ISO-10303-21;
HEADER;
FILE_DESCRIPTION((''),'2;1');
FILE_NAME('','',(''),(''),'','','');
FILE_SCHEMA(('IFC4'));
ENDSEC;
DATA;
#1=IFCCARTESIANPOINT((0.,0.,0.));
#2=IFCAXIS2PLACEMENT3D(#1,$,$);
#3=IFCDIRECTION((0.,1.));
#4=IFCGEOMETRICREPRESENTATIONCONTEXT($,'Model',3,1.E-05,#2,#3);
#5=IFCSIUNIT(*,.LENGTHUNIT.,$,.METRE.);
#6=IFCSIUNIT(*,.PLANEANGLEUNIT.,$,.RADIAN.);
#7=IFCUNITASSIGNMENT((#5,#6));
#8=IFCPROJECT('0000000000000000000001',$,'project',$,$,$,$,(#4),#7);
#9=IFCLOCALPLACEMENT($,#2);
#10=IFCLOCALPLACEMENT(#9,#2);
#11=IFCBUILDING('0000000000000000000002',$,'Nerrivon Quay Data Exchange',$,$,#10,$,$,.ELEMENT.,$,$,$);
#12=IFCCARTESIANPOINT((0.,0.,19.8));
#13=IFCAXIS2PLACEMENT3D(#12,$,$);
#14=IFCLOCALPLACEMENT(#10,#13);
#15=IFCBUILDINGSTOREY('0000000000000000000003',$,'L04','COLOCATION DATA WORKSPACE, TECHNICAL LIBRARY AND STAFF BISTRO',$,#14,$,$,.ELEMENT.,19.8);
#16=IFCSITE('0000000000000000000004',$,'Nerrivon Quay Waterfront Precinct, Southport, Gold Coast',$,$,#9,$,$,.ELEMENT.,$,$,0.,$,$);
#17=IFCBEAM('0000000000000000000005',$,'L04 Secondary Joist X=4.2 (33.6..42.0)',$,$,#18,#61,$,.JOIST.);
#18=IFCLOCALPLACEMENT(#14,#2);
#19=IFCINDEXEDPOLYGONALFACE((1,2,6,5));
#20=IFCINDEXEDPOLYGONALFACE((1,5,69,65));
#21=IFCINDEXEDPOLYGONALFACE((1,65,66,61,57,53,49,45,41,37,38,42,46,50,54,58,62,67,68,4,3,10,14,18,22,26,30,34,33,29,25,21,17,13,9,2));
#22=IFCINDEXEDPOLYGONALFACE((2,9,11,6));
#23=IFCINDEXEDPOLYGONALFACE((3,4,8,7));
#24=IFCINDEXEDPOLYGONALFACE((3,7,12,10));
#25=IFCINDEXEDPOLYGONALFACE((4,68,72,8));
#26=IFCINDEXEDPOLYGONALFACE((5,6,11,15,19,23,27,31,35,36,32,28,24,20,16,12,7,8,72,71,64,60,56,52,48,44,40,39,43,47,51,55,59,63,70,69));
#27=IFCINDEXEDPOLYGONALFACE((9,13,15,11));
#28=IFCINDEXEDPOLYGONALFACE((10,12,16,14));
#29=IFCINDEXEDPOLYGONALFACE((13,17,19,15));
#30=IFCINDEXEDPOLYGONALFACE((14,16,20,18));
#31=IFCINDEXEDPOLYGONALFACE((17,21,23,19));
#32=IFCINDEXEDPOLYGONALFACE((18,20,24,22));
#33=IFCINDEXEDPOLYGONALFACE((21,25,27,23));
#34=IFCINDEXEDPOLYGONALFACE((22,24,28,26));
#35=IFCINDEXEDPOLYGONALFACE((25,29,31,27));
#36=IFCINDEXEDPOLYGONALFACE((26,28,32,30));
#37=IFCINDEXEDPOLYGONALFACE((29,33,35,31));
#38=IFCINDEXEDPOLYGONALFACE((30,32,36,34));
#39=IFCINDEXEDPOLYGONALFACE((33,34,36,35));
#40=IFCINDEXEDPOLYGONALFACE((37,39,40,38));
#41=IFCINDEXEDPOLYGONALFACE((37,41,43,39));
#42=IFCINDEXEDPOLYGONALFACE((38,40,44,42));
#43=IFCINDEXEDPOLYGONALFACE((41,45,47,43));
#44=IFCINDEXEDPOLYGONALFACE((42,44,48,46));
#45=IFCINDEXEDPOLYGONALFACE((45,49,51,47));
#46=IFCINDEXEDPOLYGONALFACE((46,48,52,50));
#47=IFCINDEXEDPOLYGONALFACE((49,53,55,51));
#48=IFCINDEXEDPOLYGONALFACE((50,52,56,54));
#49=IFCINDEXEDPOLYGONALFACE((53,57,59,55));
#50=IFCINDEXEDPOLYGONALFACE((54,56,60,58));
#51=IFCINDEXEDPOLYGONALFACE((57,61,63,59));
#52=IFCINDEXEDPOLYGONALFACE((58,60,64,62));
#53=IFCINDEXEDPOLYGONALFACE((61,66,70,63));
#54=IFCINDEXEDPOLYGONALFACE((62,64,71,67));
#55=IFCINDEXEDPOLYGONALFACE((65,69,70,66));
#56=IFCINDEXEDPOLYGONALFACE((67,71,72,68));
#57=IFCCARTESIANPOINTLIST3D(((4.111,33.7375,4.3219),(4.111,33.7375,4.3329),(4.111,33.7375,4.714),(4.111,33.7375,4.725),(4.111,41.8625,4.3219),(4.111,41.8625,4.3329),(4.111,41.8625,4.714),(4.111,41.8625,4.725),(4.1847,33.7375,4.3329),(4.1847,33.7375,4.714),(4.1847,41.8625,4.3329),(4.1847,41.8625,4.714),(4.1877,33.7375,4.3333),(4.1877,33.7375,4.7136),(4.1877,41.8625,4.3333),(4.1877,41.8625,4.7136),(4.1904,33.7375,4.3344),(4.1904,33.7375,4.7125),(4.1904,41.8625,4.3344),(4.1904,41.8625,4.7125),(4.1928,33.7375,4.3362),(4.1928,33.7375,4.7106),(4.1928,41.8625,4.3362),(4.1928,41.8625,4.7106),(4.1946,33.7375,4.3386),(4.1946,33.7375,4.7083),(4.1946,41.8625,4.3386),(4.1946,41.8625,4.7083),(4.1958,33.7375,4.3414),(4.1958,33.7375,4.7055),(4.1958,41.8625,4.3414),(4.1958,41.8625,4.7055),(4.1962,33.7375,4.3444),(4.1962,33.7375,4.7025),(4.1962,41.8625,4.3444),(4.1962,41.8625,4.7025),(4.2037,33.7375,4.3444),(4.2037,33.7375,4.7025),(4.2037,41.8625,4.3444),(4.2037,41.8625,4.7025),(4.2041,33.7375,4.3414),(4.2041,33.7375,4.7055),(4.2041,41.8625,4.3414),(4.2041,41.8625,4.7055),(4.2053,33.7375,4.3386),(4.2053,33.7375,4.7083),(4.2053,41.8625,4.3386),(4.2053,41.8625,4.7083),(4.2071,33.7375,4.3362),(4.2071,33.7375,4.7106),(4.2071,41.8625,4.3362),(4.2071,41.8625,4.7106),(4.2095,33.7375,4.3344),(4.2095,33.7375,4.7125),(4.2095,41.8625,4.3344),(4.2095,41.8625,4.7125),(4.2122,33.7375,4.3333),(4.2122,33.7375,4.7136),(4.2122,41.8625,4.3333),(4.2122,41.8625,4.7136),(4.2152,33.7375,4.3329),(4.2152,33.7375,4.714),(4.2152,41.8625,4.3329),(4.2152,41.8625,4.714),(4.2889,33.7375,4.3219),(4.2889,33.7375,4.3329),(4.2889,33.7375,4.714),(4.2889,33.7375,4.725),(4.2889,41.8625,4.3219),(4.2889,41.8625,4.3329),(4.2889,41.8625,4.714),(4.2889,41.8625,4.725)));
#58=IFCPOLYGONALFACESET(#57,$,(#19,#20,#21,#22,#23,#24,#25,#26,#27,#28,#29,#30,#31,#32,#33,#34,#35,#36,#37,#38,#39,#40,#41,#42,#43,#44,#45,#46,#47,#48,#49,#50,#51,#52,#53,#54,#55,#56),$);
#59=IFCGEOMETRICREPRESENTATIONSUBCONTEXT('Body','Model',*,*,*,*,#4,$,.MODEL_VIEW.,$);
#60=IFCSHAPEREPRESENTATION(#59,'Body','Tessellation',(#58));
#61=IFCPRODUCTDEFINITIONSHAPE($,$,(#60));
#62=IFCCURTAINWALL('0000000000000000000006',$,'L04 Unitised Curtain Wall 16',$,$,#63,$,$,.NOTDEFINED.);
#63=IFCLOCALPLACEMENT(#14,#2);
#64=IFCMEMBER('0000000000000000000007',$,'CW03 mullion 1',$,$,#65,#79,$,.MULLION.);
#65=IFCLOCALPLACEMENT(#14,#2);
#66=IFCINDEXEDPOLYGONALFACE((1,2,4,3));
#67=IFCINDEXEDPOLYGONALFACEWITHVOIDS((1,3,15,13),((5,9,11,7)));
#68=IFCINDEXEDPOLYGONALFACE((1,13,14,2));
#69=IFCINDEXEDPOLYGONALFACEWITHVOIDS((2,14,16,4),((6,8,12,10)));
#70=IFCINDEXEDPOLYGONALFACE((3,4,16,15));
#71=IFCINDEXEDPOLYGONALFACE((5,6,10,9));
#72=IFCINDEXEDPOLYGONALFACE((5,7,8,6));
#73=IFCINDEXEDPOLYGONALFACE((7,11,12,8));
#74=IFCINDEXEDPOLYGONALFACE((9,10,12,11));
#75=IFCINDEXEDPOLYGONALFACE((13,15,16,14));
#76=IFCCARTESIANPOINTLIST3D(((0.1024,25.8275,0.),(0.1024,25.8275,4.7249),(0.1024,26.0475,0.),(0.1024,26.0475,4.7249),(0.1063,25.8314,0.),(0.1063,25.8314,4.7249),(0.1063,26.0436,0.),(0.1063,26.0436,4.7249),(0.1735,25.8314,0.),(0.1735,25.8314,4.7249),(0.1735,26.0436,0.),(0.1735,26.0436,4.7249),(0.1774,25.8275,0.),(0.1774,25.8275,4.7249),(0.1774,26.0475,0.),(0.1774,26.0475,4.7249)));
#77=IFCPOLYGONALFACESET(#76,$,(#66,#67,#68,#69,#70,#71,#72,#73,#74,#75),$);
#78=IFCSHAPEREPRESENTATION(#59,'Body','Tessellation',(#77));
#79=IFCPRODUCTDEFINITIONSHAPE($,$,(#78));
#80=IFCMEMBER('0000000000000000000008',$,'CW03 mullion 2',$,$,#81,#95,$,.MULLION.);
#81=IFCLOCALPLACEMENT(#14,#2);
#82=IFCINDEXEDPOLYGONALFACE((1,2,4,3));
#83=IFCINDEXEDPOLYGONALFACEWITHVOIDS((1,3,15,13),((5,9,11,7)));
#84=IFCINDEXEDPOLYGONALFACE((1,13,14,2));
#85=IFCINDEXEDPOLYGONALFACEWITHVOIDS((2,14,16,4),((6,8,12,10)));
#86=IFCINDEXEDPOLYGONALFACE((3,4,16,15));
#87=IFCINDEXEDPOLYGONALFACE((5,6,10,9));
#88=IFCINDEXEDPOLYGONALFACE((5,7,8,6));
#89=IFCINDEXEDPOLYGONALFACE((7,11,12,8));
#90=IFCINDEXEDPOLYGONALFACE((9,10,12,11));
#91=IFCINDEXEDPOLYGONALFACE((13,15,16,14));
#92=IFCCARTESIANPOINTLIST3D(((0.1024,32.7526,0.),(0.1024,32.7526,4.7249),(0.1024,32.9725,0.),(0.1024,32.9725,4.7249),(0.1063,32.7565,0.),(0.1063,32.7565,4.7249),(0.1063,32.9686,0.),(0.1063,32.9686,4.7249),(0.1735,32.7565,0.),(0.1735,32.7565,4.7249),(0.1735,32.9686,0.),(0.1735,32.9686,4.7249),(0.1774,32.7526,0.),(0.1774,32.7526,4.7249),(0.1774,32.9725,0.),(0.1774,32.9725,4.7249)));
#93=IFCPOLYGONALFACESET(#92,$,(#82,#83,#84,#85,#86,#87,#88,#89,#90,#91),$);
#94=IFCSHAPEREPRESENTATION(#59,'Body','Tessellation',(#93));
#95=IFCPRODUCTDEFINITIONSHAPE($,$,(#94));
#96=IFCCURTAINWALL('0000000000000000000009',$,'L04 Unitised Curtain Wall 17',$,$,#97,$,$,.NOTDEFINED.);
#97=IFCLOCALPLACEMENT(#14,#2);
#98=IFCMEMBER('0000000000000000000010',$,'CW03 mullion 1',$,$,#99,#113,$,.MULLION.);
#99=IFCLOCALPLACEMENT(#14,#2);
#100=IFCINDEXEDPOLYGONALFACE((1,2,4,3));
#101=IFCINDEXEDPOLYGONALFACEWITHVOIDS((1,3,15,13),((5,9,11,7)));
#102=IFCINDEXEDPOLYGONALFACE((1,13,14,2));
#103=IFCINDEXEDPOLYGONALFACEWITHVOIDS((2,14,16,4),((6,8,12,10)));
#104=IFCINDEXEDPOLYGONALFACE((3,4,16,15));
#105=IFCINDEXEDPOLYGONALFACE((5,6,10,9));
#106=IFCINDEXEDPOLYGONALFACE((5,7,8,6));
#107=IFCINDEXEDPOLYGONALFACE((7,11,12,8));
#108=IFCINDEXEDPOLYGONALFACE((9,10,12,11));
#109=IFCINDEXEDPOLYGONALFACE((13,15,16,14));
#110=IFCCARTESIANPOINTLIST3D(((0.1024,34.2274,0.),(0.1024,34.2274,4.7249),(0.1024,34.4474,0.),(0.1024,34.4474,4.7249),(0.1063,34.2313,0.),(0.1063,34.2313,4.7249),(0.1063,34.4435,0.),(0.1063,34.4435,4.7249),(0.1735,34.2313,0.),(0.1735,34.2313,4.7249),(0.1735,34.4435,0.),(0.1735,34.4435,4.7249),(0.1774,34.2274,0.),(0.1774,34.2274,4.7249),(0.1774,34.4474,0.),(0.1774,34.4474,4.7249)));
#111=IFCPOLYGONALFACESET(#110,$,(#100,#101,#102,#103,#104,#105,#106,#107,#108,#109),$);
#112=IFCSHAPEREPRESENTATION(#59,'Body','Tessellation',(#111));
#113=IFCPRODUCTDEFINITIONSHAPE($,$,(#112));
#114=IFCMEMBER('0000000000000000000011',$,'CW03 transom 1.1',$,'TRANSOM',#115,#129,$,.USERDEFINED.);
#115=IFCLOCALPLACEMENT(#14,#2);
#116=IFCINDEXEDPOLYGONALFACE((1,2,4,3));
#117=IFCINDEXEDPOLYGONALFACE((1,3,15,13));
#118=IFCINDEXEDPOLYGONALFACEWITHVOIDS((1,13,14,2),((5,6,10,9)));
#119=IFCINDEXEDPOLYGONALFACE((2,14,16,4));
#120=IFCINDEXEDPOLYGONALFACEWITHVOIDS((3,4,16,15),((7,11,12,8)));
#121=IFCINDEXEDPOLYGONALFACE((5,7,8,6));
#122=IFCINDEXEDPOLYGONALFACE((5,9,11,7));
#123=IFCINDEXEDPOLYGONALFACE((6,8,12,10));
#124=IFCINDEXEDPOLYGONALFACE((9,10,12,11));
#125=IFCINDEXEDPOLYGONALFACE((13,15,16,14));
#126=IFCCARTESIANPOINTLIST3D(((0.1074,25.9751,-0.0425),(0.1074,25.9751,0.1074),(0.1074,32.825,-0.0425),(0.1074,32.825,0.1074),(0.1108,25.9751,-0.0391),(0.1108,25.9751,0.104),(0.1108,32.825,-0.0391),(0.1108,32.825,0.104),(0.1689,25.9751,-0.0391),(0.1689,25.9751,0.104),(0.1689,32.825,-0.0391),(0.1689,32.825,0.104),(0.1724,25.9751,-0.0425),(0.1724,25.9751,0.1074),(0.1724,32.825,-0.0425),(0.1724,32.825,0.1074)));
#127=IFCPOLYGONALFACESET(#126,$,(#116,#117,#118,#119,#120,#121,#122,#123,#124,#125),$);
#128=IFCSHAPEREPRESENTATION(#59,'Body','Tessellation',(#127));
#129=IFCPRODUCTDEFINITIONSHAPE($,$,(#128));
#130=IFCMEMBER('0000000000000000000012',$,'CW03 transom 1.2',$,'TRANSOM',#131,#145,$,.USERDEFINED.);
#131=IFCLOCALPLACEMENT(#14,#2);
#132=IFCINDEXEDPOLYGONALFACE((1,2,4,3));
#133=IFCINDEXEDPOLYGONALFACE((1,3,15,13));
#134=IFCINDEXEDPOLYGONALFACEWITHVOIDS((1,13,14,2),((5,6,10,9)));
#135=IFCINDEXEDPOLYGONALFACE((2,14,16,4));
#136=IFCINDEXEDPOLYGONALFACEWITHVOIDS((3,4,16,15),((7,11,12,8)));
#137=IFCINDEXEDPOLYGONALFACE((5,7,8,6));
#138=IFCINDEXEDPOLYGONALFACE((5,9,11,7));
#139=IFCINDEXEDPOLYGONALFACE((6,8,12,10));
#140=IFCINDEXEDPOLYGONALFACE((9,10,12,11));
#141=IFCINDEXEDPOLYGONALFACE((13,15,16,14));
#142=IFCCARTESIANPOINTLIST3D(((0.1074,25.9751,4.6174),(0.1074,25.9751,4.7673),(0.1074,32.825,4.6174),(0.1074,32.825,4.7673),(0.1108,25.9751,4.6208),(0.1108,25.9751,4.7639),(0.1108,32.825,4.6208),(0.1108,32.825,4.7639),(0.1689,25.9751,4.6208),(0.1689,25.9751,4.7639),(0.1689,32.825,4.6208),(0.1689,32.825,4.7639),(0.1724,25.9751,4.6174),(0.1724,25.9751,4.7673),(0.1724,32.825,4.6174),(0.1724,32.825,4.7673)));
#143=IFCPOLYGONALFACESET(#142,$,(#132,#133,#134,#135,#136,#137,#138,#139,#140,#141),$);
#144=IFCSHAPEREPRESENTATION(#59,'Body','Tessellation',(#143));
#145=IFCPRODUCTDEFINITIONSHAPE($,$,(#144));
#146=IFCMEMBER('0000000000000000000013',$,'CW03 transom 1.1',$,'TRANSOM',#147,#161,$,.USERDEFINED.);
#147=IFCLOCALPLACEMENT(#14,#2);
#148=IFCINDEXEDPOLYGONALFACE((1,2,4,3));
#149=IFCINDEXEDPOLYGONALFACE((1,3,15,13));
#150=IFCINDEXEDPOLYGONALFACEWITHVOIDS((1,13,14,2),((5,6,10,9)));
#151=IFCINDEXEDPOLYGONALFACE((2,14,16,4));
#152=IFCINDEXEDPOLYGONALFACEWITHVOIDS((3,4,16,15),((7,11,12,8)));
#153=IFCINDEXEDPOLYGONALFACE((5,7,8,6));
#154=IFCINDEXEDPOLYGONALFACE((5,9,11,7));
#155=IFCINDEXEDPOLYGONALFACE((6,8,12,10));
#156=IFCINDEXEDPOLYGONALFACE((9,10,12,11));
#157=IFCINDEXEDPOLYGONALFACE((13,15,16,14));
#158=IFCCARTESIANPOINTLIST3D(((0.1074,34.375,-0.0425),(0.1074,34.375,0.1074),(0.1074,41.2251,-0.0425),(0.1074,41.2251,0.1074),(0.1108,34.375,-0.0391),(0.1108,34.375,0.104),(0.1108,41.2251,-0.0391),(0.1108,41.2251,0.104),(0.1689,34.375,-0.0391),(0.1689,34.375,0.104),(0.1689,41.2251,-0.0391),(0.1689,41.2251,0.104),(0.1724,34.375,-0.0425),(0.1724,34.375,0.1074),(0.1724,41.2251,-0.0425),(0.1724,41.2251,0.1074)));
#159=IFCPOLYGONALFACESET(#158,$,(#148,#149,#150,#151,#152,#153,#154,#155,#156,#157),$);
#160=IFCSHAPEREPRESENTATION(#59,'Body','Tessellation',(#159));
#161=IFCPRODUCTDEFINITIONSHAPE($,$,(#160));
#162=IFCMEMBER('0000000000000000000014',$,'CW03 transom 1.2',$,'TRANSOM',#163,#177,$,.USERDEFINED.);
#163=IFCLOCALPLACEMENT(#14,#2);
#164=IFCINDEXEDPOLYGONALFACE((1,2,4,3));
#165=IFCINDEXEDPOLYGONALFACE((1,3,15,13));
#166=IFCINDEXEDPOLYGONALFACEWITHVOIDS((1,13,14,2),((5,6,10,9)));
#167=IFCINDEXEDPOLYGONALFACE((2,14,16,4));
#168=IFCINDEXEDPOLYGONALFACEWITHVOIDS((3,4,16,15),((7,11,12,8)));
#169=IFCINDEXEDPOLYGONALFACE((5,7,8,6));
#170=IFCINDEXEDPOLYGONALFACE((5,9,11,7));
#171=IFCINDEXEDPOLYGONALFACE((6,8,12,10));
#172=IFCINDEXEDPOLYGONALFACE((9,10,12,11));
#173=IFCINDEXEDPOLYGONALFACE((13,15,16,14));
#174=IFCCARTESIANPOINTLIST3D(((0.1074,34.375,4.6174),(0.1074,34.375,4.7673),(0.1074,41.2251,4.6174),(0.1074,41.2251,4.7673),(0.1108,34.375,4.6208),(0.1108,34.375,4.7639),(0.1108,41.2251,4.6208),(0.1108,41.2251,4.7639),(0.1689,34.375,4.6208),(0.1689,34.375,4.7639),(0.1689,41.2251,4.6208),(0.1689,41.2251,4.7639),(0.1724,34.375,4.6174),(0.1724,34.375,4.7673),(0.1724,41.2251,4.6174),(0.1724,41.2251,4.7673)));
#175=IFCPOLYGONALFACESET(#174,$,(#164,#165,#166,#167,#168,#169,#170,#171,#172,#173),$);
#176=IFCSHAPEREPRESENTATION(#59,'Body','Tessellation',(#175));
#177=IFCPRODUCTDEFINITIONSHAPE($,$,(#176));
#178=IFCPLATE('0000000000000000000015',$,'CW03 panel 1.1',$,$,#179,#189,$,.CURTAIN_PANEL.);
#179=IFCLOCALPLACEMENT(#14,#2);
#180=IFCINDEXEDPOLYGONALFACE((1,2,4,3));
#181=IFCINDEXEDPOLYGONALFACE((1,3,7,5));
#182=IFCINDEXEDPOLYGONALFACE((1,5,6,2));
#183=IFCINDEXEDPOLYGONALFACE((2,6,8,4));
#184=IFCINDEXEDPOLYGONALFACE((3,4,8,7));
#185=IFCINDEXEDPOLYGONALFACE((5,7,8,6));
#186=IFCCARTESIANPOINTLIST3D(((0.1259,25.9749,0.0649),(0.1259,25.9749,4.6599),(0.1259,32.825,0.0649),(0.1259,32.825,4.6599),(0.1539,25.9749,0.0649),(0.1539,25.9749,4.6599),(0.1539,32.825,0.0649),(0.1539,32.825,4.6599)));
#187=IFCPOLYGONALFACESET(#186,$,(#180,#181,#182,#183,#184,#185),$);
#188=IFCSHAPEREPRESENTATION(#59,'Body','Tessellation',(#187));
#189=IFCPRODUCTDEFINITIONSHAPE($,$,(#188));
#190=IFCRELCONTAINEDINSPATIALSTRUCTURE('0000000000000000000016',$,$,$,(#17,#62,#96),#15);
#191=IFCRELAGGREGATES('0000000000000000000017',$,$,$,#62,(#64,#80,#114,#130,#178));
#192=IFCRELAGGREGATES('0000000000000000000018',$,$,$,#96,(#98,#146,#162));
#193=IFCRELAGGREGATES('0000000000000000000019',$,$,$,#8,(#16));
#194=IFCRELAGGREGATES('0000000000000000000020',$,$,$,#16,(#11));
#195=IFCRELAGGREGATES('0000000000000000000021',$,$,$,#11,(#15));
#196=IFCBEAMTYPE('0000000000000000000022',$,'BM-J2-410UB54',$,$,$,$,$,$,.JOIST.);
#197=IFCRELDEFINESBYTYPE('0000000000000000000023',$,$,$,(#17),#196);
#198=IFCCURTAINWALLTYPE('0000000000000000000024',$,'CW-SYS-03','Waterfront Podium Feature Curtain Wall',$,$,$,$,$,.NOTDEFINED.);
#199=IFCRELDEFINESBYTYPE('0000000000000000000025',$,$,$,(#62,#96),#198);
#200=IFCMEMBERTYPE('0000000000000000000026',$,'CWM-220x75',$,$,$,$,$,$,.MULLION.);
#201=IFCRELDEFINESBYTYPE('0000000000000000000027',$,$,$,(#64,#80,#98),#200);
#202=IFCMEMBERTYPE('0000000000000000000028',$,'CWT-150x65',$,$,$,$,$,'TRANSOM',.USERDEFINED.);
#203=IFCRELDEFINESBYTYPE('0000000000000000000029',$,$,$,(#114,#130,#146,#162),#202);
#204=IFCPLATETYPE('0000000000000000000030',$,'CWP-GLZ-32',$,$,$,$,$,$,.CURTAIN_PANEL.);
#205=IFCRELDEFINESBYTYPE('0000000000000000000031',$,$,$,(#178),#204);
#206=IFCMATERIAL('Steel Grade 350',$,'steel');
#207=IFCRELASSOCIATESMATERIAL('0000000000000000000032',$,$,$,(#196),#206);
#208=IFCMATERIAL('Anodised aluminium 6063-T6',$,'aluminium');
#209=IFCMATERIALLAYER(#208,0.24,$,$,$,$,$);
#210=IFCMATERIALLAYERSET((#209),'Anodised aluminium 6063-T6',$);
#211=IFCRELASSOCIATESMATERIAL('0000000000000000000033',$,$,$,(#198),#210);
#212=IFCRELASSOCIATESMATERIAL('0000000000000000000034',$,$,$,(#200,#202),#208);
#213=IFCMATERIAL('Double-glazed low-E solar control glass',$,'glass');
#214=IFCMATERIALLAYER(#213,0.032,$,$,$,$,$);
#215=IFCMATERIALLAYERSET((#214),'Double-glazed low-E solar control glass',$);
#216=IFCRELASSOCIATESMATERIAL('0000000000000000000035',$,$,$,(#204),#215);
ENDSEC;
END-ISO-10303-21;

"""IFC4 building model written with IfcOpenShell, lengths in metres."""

from ifc_helpers import new_model, si_unit, direction, frame, origin, origin_2d, place, context, subcontext, project, spatial, rectangle, hollow_rectangle, i_section, extrude, material, layer, layer_set, material_profile, profile_set, type_object, element, aggregate, save


model = new_model("IFC4")

# Units and contexts
model_context = context("Model", 3, precision=1e-05, world=origin(), true_north=direction((0.0, 1.0)))
body_context = subcontext(model_context, "Body", "Model", "MODEL_VIEW")
ifc_project = project(units=[si_unit("LENGTHUNIT", "METRE"), si_unit("PLANEANGLEUNIT", "RADIAN")], contexts=[model_context])

# Site, building, storey
site_placement = place(None, origin())
site = spatial("IfcSite", under=ifc_project, at=site_placement, Name="Nerrivon Quay Waterfront Precinct, Southport, Gold Coast", CompositionType="ELEMENT", RefElevation=0.0)
building_placement = place(site_placement, origin())
building = spatial("IfcBuilding", under=site, at=building_placement, Name="Nerrivon Quay Data Exchange", CompositionType="ELEMENT")
storey_placement = place(building_placement, frame((0.0, 0.0, 19.8)))
storey = spatial("IfcBuildingStorey", under=building, at=storey_placement, Name="L04", Description="COLOCATION DATA WORKSPACE, TECHNICAL LIBRARY AND STAFF BISTRO", CompositionType="ELEMENT", Elevation=19.8)

# Beam
ifc_material_1 = material(Name="Steel Grade 350", Category="steel")
ifc_material_profile_1 = material_profile(ifc_material_1, i_section(OverallWidth=0.178, OverallDepth=0.4031, WebThickness=0.0076, FlangeThickness=0.011, FilletRadius=0.0115, at=origin_2d()), Name="410UB53.7")
ifc_profile_set_1 = profile_set([ifc_material_profile_1], Name="Steel Grade 350")
beam_type_1 = type_object("IfcBeamType", Name="BM-J2-410UB54", PredefinedType="JOIST", material=ifc_profile_set_1)
beam_1_placement = place(storey_placement, frame((4.2, 33.7375, 4.5234), z_axis=(0.0, 1.0, 0.0), x_axis=(-1.0, 0.0, 0.0)))
element("IfcBeam", 1, at=beam_1_placement, inside=storey, type_object=beam_type_1, Name="L04 Secondary Joist X=4.2 (33.6..42.0)", PredefinedType="JOIST", context=body_context, shape_type="SweptSolid", body=[
    extrude(i_section(OverallWidth=0.178, OverallDepth=0.4031, WebThickness=0.0076, FlangeThickness=0.011, FilletRadius=0.0115, at=origin_2d()), origin(), (0.0, 0.0, 1.0), 8.125),
])

# Curtain wall, members
ifc_material_2 = material(Name="Anodised aluminium 6063-T6", Category="aluminium")
ifc_layer_1 = layer(ifc_material_2, 0.24)
ifc_layer_set_1 = layer_set([ifc_layer_1], Name="Anodised aluminium 6063-T6")
curtain_wall_type = type_object("IfcCurtainWallType", Name="CW-SYS-03", Description="Waterfront Podium Feature Curtain Wall", PredefinedType="NOTDEFINED", material=ifc_layer_set_1)
curtain_wall_1_placement = place(storey_placement, origin())
curtain_wall_1 = element("IfcCurtainWall", 2, at=curtain_wall_1_placement, inside=storey, type_object=curtain_wall_type, Name="L04 Unitised Curtain Wall 16", PredefinedType="NOTDEFINED")
ifc_material_profile_2 = material_profile(ifc_material_2, hollow_rectangle(XDim=0.075, YDim=0.22, WallThickness=0.0039, at=origin_2d()), Name="ALU-MULL-220x75")
ifc_profile_set_2 = profile_set([ifc_material_profile_2], Name="Anodised aluminium 6063-T6")
member_type_1 = type_object("IfcMemberType", Name="CWM-220x75", PredefinedType="MULLION", material=ifc_profile_set_2)
member_1_placement = place(storey_placement, frame((0.1399, 25.9375, 0.0), z_axis=(0.0, 0.0, 1.0), x_axis=(-1.0, 0.0, 0.0)))
member_1 = element("IfcMember", 3, at=member_1_placement, type_object=member_type_1, Name="CW03 mullion 1", PredefinedType="MULLION", context=body_context, shape_type="SweptSolid", body=[
    extrude(hollow_rectangle(XDim=0.075, YDim=0.22, WallThickness=0.0039, at=origin_2d()), origin(), (0.0, 0.0, 1.0), 4.7249),
])
member_2_placement = place(storey_placement, frame((0.1399, 32.8625, 0.0), z_axis=(0.0, 0.0, 1.0), x_axis=(-1.0, 0.0, 0.0)))
member_2 = element("IfcMember", 4, at=member_2_placement, type_object=member_type_1, Name="CW03 mullion 2", PredefinedType="MULLION", context=body_context, shape_type="SweptSolid", body=[
    extrude(hollow_rectangle(XDim=0.075, YDim=0.22, WallThickness=0.0039, at=origin_2d()), origin(), (0.0, 0.0, 1.0), 4.7249),
])

# Curtain wall, member
curtain_wall_2_placement = place(storey_placement, origin())
curtain_wall_2 = element("IfcCurtainWall", 5, at=curtain_wall_2_placement, inside=storey, type_object=curtain_wall_type, Name="L04 Unitised Curtain Wall 17", PredefinedType="NOTDEFINED")
member_3_placement = place(storey_placement, frame((0.1399, 34.3374, 0.0), z_axis=(0.0, 0.0, 1.0), x_axis=(-1.0, 0.0, 0.0)))
member_3 = element("IfcMember", 6, at=member_3_placement, type_object=member_type_1, Name="CW03 mullion 1", PredefinedType="MULLION", context=body_context, shape_type="SweptSolid", body=[
    extrude(hollow_rectangle(XDim=0.075, YDim=0.22, WallThickness=0.0039, at=origin_2d()), origin(), (0.0, 0.0, 1.0), 4.7249),
])

# Members
ifc_material_profile_3 = material_profile(ifc_material_2, hollow_rectangle(XDim=0.0649, YDim=0.1499, WallThickness=0.0034, at=origin_2d()), Name="ALU-TRAN-150x65")
ifc_profile_set_3 = profile_set([ifc_material_profile_3], Name="Anodised aluminium 6063-T6")
member_type_2 = type_object("IfcMemberType", Name="CWT-150x65", ElementType="TRANSOM", PredefinedType="USERDEFINED", material=ifc_profile_set_3)
member_4_placement = place(storey_placement, frame((0.1399, 25.9751, 0.0325), z_axis=(0.0, 1.0, 0.0), x_axis=(-1.0, 0.0, 0.0)))
member_4 = element("IfcMember", 7, at=member_4_placement, type_object=member_type_2, Name="CW03 transom 1.1", ObjectType="TRANSOM", PredefinedType="USERDEFINED", context=body_context, shape_type="SweptSolid", body=[
    extrude(hollow_rectangle(XDim=0.0649, YDim=0.1499, WallThickness=0.0034, at=origin_2d()), origin(), (0.0, 0.0, 1.0), 6.8499),
])
member_5_placement = place(storey_placement, frame((0.1399, 25.9751, 4.6924), z_axis=(0.0, 1.0, 0.0), x_axis=(-1.0, 0.0, 0.0)))
member_5 = element("IfcMember", 8, at=member_5_placement, type_object=member_type_2, Name="CW03 transom 1.2", ObjectType="TRANSOM", PredefinedType="USERDEFINED", context=body_context, shape_type="SweptSolid", body=[
    extrude(hollow_rectangle(XDim=0.0649, YDim=0.1499, WallThickness=0.0034, at=origin_2d()), origin(), (0.0, 0.0, 1.0), 6.8499),
])
member_6_placement = place(storey_placement, frame((0.1399, 34.375, 0.0325), z_axis=(0.0, 1.0, 0.0), x_axis=(-1.0, 0.0, 0.0)))
member_6 = element("IfcMember", 9, at=member_6_placement, type_object=member_type_2, Name="CW03 transom 1.1", ObjectType="TRANSOM", PredefinedType="USERDEFINED", context=body_context, shape_type="SweptSolid", body=[
    extrude(hollow_rectangle(XDim=0.0649, YDim=0.1499, WallThickness=0.0034, at=origin_2d()), origin(), (0.0, 0.0, 1.0), 6.8501),
])
member_7_placement = place(storey_placement, frame((0.1399, 34.375, 4.6924), z_axis=(0.0, 1.0, 0.0), x_axis=(-1.0, 0.0, 0.0)))
member_7 = element("IfcMember", 10, at=member_7_placement, type_object=member_type_2, Name="CW03 transom 1.2", ObjectType="TRANSOM", PredefinedType="USERDEFINED", context=body_context, shape_type="SweptSolid", body=[
    extrude(hollow_rectangle(XDim=0.0649, YDim=0.1499, WallThickness=0.0034, at=origin_2d()), origin(), (0.0, 0.0, 1.0), 6.8501),
])

# Plate
ifc_material_3 = material(Name="Double-glazed low-E solar control glass", Category="glass")
ifc_layer_2 = layer(ifc_material_3, 0.032)
ifc_layer_set_2 = layer_set([ifc_layer_2], Name="Double-glazed low-E solar control glass")
plate_type = type_object("IfcPlateType", Name="CWP-GLZ-32", PredefinedType="CURTAIN_PANEL", material=ifc_layer_set_2)
plate_1_placement = place(storey_placement, frame((0.1399, 29.3999, 0.0649), z_axis=(0.0, 0.0, 1.0), x_axis=(0.0, 1.0, 0.0)))
plate_1 = element("IfcPlate", 11, at=plate_1_placement, type_object=plate_type, Name="CW03 panel 1.1", PredefinedType="CURTAIN_PANEL", context=body_context, shape_type="SweptSolid", body=[
    extrude(rectangle(XDim=6.8501, YDim=0.0281, at=origin_2d()), origin(), (0.0, 0.0, 1.0), 4.595),
])
aggregate(curtain_wall_1, [member_1, member_2, member_4, member_5, plate_1])
aggregate(curtain_wall_2, [member_3, member_6, member_7])

save(model, "model.ifc")
